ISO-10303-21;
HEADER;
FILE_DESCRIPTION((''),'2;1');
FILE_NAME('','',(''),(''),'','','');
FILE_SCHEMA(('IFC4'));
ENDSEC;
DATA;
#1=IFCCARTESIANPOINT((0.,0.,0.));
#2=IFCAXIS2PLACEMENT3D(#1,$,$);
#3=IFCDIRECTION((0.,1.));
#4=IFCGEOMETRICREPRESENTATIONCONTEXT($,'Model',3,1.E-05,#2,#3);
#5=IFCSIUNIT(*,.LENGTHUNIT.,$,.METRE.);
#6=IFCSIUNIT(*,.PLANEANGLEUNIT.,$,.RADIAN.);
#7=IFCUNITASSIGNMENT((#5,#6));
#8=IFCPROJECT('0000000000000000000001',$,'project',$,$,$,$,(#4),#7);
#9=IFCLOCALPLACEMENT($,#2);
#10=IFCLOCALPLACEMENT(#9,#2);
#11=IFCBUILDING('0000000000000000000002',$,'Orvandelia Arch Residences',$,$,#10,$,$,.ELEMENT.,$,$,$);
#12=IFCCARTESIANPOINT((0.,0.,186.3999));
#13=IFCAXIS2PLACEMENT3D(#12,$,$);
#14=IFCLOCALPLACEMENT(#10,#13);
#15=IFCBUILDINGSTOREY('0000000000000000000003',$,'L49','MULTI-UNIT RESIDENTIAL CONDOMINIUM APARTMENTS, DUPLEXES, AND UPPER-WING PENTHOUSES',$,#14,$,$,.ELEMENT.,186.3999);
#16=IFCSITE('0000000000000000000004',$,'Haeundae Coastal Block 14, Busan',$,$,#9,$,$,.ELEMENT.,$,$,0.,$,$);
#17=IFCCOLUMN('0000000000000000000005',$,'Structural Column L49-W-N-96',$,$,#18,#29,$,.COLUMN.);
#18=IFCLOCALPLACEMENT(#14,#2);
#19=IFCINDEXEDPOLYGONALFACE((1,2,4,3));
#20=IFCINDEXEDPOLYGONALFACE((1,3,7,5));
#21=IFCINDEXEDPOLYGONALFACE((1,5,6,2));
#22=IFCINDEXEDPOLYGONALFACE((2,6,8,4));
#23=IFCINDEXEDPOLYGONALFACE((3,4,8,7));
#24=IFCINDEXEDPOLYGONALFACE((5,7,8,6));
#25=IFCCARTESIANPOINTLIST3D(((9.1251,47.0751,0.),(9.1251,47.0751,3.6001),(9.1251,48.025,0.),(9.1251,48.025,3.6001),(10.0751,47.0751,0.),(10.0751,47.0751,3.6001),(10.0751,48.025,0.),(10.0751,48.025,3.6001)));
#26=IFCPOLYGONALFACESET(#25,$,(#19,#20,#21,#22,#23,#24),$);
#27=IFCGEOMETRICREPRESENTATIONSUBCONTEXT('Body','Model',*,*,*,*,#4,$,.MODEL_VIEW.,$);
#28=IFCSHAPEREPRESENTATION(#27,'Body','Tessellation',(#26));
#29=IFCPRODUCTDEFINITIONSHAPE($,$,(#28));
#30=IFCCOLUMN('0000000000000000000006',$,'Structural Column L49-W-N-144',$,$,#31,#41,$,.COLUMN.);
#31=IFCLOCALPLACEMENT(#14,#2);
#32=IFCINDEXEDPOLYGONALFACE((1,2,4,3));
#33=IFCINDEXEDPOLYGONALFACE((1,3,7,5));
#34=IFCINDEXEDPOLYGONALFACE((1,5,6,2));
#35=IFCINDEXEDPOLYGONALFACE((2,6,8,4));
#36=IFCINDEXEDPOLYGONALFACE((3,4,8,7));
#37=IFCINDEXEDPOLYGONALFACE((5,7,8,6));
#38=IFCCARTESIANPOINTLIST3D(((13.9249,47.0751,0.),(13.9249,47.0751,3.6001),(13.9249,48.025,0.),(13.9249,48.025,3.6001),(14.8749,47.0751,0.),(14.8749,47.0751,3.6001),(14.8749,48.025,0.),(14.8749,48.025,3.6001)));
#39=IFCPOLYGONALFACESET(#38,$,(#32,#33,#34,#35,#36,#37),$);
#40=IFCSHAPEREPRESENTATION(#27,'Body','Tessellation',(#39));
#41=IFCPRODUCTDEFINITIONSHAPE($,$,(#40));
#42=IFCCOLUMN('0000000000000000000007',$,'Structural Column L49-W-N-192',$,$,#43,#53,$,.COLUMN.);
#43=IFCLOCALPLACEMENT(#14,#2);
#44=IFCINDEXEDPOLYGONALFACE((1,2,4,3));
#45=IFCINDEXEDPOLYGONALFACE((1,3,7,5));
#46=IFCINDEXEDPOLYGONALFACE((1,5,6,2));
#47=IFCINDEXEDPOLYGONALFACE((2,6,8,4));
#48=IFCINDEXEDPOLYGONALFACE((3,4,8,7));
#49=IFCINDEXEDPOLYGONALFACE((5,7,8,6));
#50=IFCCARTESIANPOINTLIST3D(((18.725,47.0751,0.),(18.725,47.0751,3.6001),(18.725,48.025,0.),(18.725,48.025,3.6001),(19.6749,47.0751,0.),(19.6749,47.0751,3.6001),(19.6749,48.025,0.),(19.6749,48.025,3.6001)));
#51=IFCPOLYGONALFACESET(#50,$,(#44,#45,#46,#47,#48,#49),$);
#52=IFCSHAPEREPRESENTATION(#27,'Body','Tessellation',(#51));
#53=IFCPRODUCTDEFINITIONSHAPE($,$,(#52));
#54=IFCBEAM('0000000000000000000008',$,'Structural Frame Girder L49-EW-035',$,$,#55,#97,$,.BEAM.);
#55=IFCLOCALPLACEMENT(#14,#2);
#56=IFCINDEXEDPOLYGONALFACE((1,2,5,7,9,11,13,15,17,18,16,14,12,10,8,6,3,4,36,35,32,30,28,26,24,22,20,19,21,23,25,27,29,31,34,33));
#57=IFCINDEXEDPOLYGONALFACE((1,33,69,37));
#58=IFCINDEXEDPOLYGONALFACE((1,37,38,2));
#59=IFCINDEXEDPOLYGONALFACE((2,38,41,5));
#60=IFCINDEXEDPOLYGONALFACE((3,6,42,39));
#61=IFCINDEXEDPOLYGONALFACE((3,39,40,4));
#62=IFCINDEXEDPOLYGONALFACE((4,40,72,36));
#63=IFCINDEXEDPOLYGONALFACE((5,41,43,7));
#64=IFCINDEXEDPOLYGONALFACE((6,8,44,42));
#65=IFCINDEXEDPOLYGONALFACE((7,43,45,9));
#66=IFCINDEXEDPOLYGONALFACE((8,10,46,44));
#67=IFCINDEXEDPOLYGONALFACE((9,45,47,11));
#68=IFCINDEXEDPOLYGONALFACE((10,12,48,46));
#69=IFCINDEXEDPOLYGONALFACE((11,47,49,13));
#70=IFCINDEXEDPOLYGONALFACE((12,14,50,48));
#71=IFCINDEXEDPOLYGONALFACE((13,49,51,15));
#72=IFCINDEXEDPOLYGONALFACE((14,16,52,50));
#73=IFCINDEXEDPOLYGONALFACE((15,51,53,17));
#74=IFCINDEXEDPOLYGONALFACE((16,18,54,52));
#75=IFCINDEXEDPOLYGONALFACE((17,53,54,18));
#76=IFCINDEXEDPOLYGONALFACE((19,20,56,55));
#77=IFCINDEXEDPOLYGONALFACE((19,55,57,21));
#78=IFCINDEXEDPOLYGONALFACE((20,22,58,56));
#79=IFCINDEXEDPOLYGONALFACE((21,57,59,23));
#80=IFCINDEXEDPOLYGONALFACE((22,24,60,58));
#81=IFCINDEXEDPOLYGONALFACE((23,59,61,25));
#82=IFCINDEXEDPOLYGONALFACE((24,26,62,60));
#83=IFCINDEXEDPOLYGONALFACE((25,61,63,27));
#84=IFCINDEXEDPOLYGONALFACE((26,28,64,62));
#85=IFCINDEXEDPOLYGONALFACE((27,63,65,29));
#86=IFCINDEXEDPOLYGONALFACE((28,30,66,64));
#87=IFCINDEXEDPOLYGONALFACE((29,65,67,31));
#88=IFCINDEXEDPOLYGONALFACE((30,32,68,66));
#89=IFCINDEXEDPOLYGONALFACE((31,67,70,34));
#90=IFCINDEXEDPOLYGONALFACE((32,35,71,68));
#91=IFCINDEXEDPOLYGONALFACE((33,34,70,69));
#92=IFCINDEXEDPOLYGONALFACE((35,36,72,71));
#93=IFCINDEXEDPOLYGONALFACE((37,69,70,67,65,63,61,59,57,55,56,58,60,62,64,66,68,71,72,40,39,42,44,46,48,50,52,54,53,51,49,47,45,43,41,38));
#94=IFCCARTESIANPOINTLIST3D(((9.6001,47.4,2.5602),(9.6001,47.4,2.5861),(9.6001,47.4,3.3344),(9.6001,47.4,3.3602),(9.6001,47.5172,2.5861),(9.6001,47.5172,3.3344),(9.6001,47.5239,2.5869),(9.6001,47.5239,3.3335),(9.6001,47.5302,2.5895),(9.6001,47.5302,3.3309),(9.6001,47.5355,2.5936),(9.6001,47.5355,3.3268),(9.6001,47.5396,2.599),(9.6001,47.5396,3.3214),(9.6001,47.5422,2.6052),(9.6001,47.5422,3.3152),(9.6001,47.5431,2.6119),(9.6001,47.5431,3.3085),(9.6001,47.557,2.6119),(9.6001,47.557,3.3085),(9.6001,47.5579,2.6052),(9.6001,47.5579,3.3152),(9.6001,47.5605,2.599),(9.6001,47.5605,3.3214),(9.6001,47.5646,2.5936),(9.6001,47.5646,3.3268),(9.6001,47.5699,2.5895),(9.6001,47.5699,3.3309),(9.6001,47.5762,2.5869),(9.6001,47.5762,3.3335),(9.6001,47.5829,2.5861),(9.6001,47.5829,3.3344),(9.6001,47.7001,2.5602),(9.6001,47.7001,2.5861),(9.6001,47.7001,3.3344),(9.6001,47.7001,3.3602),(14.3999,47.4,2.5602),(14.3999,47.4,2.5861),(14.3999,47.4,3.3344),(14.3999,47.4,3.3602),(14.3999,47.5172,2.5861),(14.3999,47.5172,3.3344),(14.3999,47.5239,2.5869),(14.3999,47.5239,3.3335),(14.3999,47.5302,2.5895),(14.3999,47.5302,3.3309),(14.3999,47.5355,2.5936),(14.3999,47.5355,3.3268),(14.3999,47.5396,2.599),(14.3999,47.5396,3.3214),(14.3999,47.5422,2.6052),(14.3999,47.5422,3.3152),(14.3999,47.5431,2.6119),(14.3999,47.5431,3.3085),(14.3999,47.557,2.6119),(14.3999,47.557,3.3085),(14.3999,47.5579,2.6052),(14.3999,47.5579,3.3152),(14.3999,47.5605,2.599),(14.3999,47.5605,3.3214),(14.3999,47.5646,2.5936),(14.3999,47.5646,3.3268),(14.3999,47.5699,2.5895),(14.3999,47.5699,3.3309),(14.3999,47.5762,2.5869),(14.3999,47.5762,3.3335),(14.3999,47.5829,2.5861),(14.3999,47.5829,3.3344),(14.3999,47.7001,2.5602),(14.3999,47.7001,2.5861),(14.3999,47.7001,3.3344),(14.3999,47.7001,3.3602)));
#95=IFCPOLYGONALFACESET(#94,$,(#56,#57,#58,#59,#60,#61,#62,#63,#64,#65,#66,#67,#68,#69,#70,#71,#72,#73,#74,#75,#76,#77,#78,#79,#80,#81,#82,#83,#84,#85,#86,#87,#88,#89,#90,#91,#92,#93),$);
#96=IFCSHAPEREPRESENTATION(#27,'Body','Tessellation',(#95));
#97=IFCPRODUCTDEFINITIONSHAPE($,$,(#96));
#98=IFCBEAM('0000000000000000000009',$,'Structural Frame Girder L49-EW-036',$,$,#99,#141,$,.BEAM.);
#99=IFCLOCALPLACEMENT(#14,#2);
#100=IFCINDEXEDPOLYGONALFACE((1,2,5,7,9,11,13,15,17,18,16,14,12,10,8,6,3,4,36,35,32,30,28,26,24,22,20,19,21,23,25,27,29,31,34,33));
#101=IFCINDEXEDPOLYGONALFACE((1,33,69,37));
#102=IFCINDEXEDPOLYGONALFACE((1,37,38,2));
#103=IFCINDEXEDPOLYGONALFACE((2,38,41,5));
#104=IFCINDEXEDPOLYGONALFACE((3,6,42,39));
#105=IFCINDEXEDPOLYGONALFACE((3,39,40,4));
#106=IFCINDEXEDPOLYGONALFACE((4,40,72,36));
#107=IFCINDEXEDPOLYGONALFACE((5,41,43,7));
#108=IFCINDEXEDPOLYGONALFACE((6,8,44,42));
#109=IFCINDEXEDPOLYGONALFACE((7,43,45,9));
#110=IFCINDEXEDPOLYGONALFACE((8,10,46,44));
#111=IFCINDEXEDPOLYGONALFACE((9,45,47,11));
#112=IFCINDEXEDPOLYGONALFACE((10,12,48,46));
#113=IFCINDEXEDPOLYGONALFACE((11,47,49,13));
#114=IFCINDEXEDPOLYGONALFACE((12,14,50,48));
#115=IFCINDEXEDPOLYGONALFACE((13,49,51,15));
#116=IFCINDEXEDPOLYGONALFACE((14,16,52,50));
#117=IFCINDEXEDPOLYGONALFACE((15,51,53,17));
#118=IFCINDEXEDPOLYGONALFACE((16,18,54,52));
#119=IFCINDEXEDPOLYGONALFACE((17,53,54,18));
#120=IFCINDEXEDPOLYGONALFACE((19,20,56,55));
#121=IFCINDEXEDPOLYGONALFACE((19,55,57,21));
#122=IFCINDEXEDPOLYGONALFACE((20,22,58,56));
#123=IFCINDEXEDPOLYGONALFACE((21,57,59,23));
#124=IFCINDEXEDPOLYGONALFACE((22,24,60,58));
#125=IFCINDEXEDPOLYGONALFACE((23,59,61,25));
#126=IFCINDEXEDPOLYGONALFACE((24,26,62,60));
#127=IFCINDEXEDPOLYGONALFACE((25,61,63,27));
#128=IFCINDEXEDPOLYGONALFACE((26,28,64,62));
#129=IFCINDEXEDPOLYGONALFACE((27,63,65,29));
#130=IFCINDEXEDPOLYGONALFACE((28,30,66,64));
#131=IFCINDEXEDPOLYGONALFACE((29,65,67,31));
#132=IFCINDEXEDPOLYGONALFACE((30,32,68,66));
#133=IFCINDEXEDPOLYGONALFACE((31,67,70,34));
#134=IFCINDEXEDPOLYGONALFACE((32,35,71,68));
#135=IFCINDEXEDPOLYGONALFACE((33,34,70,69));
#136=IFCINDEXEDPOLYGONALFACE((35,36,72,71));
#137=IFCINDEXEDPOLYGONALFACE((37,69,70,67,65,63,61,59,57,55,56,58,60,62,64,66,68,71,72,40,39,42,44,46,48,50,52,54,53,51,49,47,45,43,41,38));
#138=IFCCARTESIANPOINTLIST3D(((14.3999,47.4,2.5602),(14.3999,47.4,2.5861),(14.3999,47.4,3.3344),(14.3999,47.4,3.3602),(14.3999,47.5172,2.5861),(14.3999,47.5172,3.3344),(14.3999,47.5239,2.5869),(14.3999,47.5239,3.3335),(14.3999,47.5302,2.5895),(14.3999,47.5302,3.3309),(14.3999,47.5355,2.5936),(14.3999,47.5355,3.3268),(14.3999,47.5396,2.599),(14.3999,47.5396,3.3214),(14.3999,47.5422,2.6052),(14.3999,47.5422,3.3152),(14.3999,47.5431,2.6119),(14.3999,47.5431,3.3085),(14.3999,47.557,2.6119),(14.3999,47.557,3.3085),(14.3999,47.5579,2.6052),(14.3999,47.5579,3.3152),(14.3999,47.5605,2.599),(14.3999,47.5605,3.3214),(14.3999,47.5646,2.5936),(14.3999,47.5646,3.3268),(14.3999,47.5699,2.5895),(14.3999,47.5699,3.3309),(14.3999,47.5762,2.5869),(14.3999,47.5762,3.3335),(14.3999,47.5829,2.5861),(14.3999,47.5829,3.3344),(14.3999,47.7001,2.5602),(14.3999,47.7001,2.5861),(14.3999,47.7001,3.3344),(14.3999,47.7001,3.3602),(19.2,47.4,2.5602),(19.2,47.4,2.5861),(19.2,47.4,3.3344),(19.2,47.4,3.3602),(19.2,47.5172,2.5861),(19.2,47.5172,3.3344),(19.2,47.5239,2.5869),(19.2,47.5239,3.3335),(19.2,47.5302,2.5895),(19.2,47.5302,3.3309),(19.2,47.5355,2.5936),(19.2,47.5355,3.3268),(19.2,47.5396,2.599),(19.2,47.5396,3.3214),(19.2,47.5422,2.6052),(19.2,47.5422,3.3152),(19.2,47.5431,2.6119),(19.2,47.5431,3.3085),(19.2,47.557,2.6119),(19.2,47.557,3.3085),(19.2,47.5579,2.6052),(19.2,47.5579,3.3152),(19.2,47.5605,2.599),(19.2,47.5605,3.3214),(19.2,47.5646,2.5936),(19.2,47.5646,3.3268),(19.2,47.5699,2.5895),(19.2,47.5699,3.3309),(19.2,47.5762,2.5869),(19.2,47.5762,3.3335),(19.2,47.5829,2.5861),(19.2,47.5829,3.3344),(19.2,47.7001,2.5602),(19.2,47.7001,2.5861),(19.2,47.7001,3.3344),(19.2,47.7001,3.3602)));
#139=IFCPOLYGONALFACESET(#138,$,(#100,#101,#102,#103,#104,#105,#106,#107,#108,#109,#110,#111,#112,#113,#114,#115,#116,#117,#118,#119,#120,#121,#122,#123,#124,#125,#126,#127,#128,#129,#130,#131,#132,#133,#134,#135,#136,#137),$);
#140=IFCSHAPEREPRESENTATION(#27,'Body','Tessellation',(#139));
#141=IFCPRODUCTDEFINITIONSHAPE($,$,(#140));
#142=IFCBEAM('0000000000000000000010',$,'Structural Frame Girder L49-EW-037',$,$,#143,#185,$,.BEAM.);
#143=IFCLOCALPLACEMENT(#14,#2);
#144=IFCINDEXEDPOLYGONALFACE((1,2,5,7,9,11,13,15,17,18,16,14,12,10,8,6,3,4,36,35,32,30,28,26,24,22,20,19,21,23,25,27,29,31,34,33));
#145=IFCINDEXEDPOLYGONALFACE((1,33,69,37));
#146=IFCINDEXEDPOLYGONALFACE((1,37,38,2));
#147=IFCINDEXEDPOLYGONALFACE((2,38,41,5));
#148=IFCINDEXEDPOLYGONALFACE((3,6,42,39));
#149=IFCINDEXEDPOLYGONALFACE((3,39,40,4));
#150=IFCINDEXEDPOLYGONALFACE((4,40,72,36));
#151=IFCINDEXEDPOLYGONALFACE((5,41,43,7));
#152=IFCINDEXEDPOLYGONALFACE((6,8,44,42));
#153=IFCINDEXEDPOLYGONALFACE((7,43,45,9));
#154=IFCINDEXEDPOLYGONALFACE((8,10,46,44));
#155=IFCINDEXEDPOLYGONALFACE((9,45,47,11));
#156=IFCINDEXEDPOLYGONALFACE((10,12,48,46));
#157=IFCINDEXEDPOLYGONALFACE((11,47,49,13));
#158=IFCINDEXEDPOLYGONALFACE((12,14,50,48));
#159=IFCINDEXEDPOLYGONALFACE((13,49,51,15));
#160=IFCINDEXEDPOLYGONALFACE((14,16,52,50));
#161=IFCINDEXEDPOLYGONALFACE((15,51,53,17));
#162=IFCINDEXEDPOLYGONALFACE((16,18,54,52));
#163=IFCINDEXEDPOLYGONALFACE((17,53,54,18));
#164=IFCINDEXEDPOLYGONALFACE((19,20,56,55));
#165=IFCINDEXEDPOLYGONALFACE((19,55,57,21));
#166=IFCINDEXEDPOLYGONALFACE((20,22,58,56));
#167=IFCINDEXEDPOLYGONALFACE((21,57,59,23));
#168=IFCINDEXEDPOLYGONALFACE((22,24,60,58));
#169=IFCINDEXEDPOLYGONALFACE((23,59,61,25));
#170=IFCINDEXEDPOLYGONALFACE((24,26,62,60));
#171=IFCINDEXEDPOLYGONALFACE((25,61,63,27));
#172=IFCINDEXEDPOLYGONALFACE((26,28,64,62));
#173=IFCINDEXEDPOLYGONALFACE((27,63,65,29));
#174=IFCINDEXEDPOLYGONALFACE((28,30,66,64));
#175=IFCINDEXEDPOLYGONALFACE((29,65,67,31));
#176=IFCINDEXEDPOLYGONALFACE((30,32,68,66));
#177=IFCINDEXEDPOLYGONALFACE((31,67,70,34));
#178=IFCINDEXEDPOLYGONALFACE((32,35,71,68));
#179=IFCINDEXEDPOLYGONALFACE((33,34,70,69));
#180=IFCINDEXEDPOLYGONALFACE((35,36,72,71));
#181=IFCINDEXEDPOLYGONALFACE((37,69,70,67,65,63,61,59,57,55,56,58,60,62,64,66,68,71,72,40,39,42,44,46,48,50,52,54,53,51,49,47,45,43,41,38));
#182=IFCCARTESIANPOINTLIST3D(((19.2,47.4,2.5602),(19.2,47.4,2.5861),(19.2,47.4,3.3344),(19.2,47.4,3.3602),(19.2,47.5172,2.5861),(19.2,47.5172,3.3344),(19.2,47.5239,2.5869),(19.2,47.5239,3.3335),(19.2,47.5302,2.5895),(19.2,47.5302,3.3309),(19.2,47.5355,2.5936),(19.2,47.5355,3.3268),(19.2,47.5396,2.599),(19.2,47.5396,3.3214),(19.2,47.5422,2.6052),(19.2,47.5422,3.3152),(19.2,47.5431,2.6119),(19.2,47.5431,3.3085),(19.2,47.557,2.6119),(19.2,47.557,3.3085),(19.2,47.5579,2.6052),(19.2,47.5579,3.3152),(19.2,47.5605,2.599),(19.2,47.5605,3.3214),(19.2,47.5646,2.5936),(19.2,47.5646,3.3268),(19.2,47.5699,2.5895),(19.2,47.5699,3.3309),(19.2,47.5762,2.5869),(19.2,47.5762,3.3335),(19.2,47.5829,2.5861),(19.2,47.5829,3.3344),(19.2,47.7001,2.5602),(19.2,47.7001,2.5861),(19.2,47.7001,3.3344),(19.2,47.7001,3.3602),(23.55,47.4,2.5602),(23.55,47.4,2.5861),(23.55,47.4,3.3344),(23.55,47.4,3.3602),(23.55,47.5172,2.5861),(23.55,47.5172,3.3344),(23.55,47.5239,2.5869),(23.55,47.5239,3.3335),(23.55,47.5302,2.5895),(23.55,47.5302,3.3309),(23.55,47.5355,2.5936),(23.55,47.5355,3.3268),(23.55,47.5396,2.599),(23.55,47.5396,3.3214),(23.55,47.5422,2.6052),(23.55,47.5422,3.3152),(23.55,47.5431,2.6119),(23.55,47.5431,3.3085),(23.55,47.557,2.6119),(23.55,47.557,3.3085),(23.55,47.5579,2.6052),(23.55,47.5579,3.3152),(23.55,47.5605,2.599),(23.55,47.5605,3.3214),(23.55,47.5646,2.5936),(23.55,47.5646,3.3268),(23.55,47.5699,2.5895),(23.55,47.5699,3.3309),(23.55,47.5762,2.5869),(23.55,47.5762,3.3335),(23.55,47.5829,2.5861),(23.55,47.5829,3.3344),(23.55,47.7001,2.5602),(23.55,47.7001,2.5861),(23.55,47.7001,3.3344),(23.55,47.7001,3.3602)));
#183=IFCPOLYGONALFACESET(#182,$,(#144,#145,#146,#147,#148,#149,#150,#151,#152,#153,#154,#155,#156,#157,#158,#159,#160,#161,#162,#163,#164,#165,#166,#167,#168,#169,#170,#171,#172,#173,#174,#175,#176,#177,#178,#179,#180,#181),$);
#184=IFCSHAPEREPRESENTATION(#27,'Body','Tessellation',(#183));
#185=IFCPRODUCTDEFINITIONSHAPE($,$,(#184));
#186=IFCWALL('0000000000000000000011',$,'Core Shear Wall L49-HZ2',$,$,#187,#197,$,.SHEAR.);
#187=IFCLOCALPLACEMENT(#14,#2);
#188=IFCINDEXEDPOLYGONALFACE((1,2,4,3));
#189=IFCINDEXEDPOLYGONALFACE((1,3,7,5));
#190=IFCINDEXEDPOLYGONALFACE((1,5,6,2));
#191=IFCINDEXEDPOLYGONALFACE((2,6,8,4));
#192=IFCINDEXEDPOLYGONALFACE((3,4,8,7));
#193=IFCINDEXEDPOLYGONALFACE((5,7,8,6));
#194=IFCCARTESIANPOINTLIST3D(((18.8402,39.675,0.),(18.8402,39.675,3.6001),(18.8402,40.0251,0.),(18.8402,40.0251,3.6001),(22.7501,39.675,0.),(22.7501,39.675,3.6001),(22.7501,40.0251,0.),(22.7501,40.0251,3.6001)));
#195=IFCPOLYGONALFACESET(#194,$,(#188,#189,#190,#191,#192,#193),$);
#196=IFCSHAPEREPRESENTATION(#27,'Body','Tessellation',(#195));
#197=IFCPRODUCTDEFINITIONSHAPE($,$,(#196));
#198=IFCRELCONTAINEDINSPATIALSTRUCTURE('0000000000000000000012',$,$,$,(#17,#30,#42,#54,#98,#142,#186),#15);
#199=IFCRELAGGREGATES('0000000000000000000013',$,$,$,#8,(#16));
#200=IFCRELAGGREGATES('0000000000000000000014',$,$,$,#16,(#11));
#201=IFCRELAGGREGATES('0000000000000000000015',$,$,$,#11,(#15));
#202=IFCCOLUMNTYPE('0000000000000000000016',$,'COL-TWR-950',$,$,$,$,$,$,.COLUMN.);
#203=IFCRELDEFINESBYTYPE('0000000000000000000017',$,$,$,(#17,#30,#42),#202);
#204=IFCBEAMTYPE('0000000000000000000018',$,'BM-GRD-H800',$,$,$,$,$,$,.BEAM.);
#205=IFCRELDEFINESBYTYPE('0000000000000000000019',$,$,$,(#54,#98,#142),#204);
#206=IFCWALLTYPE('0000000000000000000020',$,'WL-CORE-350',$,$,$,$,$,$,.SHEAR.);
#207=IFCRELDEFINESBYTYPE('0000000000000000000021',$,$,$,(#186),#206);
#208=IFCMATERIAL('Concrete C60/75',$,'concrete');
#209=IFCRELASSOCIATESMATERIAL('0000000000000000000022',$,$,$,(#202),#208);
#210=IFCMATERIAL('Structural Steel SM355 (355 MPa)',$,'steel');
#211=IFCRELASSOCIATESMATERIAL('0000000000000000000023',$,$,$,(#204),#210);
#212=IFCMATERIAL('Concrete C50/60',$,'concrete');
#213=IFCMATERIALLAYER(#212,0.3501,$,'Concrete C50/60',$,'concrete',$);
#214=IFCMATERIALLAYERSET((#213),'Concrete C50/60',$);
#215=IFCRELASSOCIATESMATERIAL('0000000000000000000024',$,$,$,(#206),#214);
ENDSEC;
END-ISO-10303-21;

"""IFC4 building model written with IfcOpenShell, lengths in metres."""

from ifc_helpers import new_model, si_unit, direction, frame, frame_2d, origin, origin_2d, place, context, subcontext, project, spatial, rectangle, i_section, extrude, material, layer, layer_set, material_profile, profile_set, type_object, element, save


model = new_model("IFC4")

# Units and contexts
model_context = context("Model", 3, precision=1e-05, world=origin(), true_north=direction((0.0, 1.0)))
body_context = subcontext(model_context, "Body", "Model", "MODEL_VIEW")
ifc_project = project(units=[si_unit("LENGTHUNIT", "METRE"), si_unit("PLANEANGLEUNIT", "RADIAN")], contexts=[model_context])

# Site, building, storey
site_placement = place(None, origin())
site = spatial("IfcSite", under=ifc_project, at=site_placement, Name="Haeundae Coastal Block 14, Busan", CompositionType="ELEMENT", RefElevation=0.0)
building_placement = place(site_placement, origin())
building = spatial("IfcBuilding", under=site, at=building_placement, Name="Orvandelia Arch Residences", CompositionType="ELEMENT")
storey_placement = place(building_placement, frame((0.0, 0.0, 186.3999)))
storey = spatial("IfcBuildingStorey", under=building, at=storey_placement, Name="L49", Description="MULTI-UNIT RESIDENTIAL CONDOMINIUM APARTMENTS, DUPLEXES, AND UPPER-WING PENTHOUSES", CompositionType="ELEMENT", Elevation=186.3999)

# Columns
ifc_material_1 = material(Name="Concrete C60/75", Category="concrete")
ifc_material_profile_1 = material_profile(ifc_material_1, rectangle(XDim=0.95, YDim=0.95, at=origin_2d()), Name="Concrete C60/75", Category="concrete")
ifc_profile_set_1 = profile_set([ifc_material_profile_1], Name="Concrete C60/75")
column_type = type_object("IfcColumnType", Name="COL-TWR-950", PredefinedType="COLUMN", material=ifc_profile_set_1)
for number, where, z_axis, x_axis, name in (
    (1, (9.6001, 47.55, 0.0), (0.0, 0.0, 1.0), (1.0, 0.0, 0.0), "Structural Column L49-W-N-96"),
    (2, (14.3999, 47.55, 0.0), (0.0, 0.0, 1.0), (1.0, 0.0, 0.0), "Structural Column L49-W-N-144"),
    (3, (19.2, 47.55, 0.0), (0.0, 0.0, 1.0), (1.0, 0.0, 0.0), "Structural Column L49-W-N-192"),
):
    element("IfcColumn", number, at=place(storey_placement, frame(where, z_axis=z_axis, x_axis=x_axis)), inside=storey, type_object=column_type, Name=name, PredefinedType="COLUMN", context=body_context, shape_type="SweptSolid", body=[
        extrude(rectangle(XDim=0.95, YDim=0.95, at=origin_2d()), origin(), (0.0, 0.0, 1.0), 3.6001),
    ])

# Beams
ifc_material_2 = material(Name="Structural Steel SM355 (355 MPa)", Category="steel")
ifc_material_profile_2 = material_profile(ifc_material_2, i_section(OverallWidth=0.3, OverallDepth=0.8, WebThickness=0.0139, FlangeThickness=0.0259, FilletRadius=0.0259, at=origin_2d()), Name="Structural Steel SM355 (355 MPa)", Category="steel")
ifc_profile_set_2 = profile_set([ifc_material_profile_2], Name="Structural Steel SM355 (355 MPa)")
beam_type = type_object("IfcBeamType", Name="BM-GRD-H800", PredefinedType="BEAM", material=ifc_profile_set_2)
beam_1_placement = place(storey_placement, frame((9.6001, 47.55, 2.9602), z_axis=(1.0, 0.0, 0.0), x_axis=(0.0, 1.0, 0.0)))
element("IfcBeam", 4, at=beam_1_placement, inside=storey, type_object=beam_type, Name="Structural Frame Girder L49-EW-035", PredefinedType="BEAM", context=body_context, shape_type="SweptSolid", body=[
    extrude(i_section(OverallWidth=0.3, OverallDepth=0.8, WebThickness=0.0139, FlangeThickness=0.0259, FilletRadius=0.0259, at=origin_2d()), origin(), (0.0, 0.0, 1.0), 4.7998),
])
beam_2_placement = place(storey_placement, frame((14.3999, 47.55, 2.9602), z_axis=(1.0, 0.0, 0.0), x_axis=(0.0, 1.0, 0.0)))
element("IfcBeam", 5, at=beam_2_placement, inside=storey, type_object=beam_type, Name="Structural Frame Girder L49-EW-036", PredefinedType="BEAM", context=body_context, shape_type="SweptSolid", body=[
    extrude(i_section(OverallWidth=0.3, OverallDepth=0.8, WebThickness=0.0139, FlangeThickness=0.0259, FilletRadius=0.0259, at=origin_2d()), origin(), (0.0, 0.0, 1.0), 4.8),
])
beam_3_placement = place(storey_placement, frame((19.2, 47.55, 2.9602), z_axis=(1.0, 0.0, 0.0), x_axis=(0.0, 1.0, 0.0)))
element("IfcBeam", 6, at=beam_3_placement, inside=storey, type_object=beam_type, Name="Structural Frame Girder L49-EW-037", PredefinedType="BEAM", context=body_context, shape_type="SweptSolid", body=[
    extrude(i_section(OverallWidth=0.3, OverallDepth=0.8, WebThickness=0.0139, FlangeThickness=0.0259, FilletRadius=0.0259, at=origin_2d()), origin(), (0.0, 0.0, 1.0), 4.3501),
])

# Wall
ifc_material_3 = material(Name="Concrete C50/60", Category="concrete")
ifc_layer_1 = layer(ifc_material_3, 0.3501, Name="Concrete C50/60", Category="concrete")
ifc_layer_set_1 = layer_set([ifc_layer_1], Name="Concrete C50/60")
wall_type_1 = type_object("IfcWallType", Name="WL-CORE-350", PredefinedType="SHEAR", material=ifc_layer_set_1)
wall_1_placement = place(storey_placement, frame((18.8401, 39.8501, 0.0), z_axis=(0.0, 0.0, 1.0), x_axis=(1.0, 0.0, 0.0)))
element("IfcWall", 7, at=wall_1_placement, inside=storey, type_object=wall_type_1, Name="Core Shear Wall L49-HZ2", PredefinedType="SHEAR", context=body_context, shape_type="SweptSolid", body=[
    extrude(rectangle(XDim=3.9099, YDim=0.3501, at=frame_2d((1.9551, 0.0))), origin(), (0.0, 0.0, 1.0), 3.6001),
])

save(model, "model.ifc")
